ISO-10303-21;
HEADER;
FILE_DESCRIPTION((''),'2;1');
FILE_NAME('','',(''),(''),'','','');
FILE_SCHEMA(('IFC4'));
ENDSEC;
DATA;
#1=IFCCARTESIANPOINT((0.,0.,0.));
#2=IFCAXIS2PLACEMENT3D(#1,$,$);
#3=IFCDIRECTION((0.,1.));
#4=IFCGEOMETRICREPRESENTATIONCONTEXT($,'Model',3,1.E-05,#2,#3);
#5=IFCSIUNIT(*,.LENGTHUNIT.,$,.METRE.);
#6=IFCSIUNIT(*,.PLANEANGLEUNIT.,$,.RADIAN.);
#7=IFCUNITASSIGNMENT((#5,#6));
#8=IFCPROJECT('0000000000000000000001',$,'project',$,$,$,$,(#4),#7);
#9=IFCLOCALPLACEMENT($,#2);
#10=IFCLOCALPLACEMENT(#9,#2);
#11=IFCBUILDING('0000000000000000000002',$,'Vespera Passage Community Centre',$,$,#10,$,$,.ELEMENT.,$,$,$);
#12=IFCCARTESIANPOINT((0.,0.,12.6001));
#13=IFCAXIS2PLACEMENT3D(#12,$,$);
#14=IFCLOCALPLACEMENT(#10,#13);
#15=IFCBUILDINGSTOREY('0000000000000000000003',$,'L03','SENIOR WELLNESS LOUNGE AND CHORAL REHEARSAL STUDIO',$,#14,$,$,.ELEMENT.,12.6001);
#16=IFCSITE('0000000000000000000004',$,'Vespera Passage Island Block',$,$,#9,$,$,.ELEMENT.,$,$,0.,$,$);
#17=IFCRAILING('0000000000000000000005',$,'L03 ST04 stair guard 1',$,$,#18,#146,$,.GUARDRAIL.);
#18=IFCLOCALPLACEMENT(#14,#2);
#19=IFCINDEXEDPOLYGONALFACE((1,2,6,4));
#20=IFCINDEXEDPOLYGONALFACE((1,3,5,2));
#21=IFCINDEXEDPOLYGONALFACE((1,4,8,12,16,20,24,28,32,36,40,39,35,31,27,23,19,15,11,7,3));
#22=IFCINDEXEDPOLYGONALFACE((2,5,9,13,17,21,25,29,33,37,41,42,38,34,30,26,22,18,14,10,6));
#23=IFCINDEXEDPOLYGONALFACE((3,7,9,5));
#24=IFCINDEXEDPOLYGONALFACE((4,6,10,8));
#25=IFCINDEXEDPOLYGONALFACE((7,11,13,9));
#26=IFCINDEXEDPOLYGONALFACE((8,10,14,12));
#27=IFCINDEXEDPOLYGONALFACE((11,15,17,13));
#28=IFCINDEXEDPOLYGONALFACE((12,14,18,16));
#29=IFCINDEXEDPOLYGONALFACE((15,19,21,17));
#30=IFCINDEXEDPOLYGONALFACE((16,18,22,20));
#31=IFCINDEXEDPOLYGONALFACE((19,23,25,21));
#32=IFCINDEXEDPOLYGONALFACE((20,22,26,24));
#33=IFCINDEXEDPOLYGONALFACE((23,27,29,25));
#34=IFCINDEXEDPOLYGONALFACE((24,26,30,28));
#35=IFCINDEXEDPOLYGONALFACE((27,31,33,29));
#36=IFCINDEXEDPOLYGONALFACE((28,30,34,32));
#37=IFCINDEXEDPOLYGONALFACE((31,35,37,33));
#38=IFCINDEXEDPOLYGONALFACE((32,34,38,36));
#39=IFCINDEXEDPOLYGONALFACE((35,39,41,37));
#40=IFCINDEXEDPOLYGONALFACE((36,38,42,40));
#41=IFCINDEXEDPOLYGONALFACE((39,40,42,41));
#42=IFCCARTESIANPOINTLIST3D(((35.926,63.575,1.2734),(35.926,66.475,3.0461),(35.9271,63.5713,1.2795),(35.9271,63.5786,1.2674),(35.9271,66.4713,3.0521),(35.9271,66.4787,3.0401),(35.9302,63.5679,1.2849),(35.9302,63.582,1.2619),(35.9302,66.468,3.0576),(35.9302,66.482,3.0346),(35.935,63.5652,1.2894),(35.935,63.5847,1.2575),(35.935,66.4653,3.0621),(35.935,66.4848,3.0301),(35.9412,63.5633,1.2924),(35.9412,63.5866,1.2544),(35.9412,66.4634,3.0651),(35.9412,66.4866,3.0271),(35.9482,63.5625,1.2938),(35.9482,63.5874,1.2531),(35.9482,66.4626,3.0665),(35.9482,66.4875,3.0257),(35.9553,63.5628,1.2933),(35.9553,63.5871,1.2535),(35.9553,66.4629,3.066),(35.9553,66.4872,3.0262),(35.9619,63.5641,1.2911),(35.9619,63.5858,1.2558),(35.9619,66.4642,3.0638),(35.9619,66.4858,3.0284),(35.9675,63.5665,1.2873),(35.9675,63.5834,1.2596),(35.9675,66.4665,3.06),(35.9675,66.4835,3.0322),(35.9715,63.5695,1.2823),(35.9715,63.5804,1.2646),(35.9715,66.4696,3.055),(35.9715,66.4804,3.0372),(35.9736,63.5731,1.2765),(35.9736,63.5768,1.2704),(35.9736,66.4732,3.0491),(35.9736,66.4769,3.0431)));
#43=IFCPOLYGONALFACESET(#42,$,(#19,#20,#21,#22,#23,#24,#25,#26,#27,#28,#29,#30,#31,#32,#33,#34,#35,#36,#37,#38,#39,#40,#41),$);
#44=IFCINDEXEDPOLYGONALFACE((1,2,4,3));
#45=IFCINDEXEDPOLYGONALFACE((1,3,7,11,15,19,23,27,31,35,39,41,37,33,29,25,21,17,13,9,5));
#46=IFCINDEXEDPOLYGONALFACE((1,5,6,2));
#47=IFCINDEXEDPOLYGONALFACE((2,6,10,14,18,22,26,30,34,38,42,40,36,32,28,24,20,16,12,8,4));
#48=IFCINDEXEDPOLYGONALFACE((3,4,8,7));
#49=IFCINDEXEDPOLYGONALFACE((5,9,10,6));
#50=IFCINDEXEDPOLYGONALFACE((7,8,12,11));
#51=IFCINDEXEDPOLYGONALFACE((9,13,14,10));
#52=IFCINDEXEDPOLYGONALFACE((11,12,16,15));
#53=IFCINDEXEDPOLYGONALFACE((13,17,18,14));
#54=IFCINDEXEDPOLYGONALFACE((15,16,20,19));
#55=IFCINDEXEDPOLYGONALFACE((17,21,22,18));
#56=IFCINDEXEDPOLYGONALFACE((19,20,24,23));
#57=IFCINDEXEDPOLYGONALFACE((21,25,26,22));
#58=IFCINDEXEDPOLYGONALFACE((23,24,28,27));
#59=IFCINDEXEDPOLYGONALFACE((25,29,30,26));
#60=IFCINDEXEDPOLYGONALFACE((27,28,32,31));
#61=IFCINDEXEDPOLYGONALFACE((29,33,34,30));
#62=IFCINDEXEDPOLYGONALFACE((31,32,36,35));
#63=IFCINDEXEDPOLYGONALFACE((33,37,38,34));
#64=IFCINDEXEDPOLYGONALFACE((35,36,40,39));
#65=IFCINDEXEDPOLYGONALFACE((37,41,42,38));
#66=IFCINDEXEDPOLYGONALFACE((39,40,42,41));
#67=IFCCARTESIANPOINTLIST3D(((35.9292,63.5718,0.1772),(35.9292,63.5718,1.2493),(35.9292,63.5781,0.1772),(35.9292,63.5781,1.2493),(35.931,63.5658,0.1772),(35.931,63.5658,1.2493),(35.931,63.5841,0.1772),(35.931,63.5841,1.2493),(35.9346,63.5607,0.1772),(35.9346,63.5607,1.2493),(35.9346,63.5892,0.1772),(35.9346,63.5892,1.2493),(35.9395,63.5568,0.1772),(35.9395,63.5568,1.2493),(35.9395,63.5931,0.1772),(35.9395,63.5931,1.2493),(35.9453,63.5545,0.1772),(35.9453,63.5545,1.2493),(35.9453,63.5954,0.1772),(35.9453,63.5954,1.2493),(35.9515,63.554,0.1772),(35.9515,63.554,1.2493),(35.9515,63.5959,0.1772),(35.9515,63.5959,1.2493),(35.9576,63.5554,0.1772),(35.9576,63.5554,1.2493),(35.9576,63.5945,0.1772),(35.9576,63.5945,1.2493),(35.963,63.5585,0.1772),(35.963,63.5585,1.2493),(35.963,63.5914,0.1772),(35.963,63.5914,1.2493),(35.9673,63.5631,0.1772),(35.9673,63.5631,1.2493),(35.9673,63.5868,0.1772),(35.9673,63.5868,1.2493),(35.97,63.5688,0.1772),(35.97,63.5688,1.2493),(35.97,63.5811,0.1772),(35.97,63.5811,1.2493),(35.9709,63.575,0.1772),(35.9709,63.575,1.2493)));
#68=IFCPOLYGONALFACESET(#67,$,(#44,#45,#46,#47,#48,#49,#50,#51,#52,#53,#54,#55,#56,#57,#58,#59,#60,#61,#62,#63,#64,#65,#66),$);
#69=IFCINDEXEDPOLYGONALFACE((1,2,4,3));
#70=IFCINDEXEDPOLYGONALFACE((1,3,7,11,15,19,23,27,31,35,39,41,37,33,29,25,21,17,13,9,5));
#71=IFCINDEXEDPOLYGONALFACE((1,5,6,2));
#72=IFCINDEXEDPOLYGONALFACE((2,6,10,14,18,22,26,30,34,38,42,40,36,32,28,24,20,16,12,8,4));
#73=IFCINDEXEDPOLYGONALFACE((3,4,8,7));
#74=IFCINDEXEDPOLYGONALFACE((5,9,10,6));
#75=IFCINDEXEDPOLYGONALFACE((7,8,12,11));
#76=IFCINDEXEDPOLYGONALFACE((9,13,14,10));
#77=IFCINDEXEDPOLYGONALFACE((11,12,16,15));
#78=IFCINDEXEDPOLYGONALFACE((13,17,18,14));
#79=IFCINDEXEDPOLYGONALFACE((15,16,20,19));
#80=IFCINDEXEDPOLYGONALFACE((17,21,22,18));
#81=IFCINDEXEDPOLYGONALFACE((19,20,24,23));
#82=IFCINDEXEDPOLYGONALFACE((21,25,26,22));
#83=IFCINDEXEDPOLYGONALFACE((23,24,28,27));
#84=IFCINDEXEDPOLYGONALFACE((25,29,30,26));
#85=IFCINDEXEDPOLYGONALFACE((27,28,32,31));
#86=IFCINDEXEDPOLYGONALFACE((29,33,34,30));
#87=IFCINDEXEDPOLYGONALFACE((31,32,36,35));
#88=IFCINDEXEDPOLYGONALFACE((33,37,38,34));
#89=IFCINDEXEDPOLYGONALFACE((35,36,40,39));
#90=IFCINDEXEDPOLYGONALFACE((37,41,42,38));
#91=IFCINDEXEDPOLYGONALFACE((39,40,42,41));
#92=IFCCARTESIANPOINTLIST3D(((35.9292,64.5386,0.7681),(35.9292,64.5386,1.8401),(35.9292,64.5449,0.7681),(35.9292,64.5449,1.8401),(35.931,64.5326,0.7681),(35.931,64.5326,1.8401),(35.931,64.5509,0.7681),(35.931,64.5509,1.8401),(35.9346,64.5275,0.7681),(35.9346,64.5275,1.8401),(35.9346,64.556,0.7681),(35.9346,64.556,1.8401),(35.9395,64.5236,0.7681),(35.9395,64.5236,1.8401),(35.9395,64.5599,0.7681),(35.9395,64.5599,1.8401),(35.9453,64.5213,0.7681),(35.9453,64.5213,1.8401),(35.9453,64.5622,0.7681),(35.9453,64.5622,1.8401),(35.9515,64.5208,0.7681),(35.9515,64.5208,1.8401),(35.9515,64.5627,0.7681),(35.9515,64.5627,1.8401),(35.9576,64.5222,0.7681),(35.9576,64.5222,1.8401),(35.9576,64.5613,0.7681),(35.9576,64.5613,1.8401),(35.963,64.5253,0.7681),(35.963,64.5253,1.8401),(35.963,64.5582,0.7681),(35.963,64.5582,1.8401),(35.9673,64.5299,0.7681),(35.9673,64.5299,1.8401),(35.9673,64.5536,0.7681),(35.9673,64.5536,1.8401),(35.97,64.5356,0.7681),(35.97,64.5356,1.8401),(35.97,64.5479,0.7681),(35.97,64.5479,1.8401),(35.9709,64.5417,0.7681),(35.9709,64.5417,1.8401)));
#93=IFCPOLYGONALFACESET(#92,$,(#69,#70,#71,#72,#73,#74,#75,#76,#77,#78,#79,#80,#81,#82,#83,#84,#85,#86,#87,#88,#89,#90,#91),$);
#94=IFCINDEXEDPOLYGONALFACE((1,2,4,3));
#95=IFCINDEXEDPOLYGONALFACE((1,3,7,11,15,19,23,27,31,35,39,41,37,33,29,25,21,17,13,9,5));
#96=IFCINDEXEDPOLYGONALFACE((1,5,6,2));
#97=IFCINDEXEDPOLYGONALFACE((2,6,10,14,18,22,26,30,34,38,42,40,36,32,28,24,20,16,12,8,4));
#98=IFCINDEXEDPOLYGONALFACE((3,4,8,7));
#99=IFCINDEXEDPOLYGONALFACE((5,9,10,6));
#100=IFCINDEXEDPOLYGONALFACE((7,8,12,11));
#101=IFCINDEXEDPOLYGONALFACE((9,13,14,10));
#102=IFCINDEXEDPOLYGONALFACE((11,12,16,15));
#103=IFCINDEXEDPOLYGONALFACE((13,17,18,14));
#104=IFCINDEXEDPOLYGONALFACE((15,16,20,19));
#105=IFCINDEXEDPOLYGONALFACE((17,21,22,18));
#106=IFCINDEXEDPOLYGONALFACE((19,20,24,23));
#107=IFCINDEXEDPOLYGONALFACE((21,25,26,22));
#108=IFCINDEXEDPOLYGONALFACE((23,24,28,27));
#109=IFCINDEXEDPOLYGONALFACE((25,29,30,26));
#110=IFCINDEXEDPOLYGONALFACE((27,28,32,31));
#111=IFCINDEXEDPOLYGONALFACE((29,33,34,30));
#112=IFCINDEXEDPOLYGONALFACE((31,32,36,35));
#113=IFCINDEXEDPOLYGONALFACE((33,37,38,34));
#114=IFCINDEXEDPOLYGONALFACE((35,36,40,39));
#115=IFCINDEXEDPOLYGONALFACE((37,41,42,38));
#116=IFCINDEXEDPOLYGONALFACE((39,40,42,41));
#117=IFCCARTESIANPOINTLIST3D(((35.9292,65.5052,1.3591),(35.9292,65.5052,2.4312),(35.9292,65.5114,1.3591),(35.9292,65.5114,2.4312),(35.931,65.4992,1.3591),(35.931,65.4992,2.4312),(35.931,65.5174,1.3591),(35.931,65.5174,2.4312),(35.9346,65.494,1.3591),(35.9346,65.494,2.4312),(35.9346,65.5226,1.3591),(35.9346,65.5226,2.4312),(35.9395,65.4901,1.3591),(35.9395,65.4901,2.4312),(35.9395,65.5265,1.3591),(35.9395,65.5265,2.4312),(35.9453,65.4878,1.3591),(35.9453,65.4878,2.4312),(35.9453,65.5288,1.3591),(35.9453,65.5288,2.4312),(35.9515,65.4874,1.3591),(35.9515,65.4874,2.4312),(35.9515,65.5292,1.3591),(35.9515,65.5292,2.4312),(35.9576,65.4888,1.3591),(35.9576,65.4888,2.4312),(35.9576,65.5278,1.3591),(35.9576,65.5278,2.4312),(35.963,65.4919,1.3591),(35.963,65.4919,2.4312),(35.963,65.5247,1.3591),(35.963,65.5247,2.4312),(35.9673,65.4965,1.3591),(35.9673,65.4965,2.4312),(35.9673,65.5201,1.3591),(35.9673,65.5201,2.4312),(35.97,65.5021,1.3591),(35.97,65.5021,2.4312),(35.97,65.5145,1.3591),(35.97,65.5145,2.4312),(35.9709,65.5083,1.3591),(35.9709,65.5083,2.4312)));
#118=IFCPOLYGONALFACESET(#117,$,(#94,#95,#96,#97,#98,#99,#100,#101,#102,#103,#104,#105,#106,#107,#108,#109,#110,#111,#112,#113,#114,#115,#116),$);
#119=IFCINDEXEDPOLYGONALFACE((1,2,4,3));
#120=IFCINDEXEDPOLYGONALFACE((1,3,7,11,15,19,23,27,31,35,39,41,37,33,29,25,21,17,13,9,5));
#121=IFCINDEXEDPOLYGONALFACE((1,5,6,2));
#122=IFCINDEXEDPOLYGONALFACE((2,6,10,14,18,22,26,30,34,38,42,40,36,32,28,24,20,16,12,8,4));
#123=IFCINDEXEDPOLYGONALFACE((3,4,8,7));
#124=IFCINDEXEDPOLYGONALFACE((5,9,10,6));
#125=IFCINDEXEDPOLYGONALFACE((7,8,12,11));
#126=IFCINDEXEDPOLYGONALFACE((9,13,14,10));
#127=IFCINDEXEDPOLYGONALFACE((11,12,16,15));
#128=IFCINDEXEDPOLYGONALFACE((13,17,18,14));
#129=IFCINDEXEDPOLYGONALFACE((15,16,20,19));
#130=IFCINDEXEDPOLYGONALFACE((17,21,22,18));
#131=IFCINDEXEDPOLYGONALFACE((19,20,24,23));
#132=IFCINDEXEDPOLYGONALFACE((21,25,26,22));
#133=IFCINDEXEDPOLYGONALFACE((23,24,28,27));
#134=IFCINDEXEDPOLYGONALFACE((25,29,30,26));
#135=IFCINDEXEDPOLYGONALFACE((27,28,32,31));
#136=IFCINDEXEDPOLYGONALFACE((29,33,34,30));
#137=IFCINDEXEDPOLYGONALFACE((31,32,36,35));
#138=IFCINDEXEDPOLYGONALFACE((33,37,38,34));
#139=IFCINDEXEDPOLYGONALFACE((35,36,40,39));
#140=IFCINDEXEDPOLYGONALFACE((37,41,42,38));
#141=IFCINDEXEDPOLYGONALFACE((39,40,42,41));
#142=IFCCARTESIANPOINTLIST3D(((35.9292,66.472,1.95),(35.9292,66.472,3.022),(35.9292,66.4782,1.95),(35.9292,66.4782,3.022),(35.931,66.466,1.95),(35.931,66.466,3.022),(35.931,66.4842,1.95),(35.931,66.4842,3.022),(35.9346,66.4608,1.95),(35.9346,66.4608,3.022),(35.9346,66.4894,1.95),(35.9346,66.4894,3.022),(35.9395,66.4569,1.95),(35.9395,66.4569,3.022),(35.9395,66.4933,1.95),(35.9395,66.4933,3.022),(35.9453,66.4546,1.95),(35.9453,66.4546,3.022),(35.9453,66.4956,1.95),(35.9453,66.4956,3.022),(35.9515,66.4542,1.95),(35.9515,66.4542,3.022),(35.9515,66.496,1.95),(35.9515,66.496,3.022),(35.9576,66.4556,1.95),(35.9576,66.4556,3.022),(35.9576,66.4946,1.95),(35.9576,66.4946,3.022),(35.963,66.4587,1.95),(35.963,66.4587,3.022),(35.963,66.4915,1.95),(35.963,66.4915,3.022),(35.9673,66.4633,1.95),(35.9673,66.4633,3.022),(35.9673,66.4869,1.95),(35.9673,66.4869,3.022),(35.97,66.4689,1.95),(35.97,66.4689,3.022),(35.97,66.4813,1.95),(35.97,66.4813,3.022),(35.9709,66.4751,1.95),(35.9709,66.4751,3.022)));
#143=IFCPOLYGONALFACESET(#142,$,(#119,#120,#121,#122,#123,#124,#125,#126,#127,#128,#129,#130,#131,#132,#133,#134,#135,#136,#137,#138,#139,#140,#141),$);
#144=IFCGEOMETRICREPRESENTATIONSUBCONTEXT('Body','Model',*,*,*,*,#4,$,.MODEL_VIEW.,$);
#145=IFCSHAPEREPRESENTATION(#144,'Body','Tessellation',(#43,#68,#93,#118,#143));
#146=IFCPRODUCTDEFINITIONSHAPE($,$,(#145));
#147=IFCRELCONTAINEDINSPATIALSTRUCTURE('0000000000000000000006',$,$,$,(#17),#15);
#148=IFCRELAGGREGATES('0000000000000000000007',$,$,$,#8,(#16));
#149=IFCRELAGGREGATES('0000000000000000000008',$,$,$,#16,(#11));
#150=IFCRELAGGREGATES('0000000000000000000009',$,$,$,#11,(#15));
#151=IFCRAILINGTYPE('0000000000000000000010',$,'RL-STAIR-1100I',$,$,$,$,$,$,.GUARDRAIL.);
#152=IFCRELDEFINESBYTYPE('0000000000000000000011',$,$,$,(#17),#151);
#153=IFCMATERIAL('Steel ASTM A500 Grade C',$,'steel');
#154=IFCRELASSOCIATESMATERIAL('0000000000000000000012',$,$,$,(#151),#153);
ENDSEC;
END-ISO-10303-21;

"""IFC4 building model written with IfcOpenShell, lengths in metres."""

from ifc_helpers import new_model, si_unit, direction, frame, origin, origin_2d, place, context, subcontext, project, spatial, circle, extrude, material, type_object, element, save


model = new_model("IFC4")

# Units and contexts
model_context = context("Model", 3, precision=1e-05, world=origin(), true_north=direction((0.0, 1.0)))
body_context = subcontext(model_context, "Body", "Model", "MODEL_VIEW")
ifc_project = project(units=[si_unit("LENGTHUNIT", "METRE"), si_unit("PLANEANGLEUNIT", "RADIAN")], contexts=[model_context])

# Site, building, storey
site_placement = place(None, origin())
site = spatial("IfcSite", under=ifc_project, at=site_placement, Name="Vespera Passage Island Block", CompositionType="ELEMENT", RefElevation=0.0)
building_placement = place(site_placement, origin())
building = spatial("IfcBuilding", under=site, at=building_placement, Name="Vespera Passage Community Centre", CompositionType="ELEMENT")
storey_placement = place(building_placement, frame((0.0, 0.0, 12.6001)))
storey = spatial("IfcBuildingStorey", under=building, at=storey_placement, Name="L03", Description="SENIOR WELLNESS LOUNGE AND CHORAL REHEARSAL STUDIO", CompositionType="ELEMENT", Elevation=12.6001)

# Railing
ifc_material_1 = material(Name="Steel ASTM A500 Grade C", Category="steel")
railing_type_1 = type_object("IfcRailingType", Name="RL-STAIR-1100I", PredefinedType="GUARDRAIL", material=ifc_material_1)
railing_1_placement = place(storey_placement, frame((35.95, 63.575, 0.1772)))
element("IfcRailing", 1, at=railing_1_placement, inside=storey, type_object=railing_type_1, Name="L03 ST04 stair guard 1", PredefinedType="GUARDRAIL", context=body_context, shape_type="SweptSolid", body=[
    extrude(circle(Radius=0.0239, at=origin_2d()), frame((0.0, 0.0, 1.0962), z_axis=(0.0, 0.85323, 0.521534), x_axis=(-1.0, 0.0, 0.0)), (0.0, 0.0, 1.0), 3.3989),
    extrude(circle(Radius=0.021, at=origin_2d()), origin(), (0.0, 0.0, 1.0), 1.072),
    extrude(circle(Radius=0.021, at=origin_2d()), frame((0.0, 0.9668, 0.5908)), (0.0, 0.0, 1.0), 1.072),
    extrude(circle(Radius=0.021, at=origin_2d()), frame((0.0, 1.9333, 1.1819)), (0.0, 0.0, 1.0), 1.072),
    extrude(circle(Radius=0.021, at=origin_2d()), frame((0.0, 2.9001, 1.7727)), (0.0, 0.0, 1.0), 1.072),
])

save(model, "model.ifc")
